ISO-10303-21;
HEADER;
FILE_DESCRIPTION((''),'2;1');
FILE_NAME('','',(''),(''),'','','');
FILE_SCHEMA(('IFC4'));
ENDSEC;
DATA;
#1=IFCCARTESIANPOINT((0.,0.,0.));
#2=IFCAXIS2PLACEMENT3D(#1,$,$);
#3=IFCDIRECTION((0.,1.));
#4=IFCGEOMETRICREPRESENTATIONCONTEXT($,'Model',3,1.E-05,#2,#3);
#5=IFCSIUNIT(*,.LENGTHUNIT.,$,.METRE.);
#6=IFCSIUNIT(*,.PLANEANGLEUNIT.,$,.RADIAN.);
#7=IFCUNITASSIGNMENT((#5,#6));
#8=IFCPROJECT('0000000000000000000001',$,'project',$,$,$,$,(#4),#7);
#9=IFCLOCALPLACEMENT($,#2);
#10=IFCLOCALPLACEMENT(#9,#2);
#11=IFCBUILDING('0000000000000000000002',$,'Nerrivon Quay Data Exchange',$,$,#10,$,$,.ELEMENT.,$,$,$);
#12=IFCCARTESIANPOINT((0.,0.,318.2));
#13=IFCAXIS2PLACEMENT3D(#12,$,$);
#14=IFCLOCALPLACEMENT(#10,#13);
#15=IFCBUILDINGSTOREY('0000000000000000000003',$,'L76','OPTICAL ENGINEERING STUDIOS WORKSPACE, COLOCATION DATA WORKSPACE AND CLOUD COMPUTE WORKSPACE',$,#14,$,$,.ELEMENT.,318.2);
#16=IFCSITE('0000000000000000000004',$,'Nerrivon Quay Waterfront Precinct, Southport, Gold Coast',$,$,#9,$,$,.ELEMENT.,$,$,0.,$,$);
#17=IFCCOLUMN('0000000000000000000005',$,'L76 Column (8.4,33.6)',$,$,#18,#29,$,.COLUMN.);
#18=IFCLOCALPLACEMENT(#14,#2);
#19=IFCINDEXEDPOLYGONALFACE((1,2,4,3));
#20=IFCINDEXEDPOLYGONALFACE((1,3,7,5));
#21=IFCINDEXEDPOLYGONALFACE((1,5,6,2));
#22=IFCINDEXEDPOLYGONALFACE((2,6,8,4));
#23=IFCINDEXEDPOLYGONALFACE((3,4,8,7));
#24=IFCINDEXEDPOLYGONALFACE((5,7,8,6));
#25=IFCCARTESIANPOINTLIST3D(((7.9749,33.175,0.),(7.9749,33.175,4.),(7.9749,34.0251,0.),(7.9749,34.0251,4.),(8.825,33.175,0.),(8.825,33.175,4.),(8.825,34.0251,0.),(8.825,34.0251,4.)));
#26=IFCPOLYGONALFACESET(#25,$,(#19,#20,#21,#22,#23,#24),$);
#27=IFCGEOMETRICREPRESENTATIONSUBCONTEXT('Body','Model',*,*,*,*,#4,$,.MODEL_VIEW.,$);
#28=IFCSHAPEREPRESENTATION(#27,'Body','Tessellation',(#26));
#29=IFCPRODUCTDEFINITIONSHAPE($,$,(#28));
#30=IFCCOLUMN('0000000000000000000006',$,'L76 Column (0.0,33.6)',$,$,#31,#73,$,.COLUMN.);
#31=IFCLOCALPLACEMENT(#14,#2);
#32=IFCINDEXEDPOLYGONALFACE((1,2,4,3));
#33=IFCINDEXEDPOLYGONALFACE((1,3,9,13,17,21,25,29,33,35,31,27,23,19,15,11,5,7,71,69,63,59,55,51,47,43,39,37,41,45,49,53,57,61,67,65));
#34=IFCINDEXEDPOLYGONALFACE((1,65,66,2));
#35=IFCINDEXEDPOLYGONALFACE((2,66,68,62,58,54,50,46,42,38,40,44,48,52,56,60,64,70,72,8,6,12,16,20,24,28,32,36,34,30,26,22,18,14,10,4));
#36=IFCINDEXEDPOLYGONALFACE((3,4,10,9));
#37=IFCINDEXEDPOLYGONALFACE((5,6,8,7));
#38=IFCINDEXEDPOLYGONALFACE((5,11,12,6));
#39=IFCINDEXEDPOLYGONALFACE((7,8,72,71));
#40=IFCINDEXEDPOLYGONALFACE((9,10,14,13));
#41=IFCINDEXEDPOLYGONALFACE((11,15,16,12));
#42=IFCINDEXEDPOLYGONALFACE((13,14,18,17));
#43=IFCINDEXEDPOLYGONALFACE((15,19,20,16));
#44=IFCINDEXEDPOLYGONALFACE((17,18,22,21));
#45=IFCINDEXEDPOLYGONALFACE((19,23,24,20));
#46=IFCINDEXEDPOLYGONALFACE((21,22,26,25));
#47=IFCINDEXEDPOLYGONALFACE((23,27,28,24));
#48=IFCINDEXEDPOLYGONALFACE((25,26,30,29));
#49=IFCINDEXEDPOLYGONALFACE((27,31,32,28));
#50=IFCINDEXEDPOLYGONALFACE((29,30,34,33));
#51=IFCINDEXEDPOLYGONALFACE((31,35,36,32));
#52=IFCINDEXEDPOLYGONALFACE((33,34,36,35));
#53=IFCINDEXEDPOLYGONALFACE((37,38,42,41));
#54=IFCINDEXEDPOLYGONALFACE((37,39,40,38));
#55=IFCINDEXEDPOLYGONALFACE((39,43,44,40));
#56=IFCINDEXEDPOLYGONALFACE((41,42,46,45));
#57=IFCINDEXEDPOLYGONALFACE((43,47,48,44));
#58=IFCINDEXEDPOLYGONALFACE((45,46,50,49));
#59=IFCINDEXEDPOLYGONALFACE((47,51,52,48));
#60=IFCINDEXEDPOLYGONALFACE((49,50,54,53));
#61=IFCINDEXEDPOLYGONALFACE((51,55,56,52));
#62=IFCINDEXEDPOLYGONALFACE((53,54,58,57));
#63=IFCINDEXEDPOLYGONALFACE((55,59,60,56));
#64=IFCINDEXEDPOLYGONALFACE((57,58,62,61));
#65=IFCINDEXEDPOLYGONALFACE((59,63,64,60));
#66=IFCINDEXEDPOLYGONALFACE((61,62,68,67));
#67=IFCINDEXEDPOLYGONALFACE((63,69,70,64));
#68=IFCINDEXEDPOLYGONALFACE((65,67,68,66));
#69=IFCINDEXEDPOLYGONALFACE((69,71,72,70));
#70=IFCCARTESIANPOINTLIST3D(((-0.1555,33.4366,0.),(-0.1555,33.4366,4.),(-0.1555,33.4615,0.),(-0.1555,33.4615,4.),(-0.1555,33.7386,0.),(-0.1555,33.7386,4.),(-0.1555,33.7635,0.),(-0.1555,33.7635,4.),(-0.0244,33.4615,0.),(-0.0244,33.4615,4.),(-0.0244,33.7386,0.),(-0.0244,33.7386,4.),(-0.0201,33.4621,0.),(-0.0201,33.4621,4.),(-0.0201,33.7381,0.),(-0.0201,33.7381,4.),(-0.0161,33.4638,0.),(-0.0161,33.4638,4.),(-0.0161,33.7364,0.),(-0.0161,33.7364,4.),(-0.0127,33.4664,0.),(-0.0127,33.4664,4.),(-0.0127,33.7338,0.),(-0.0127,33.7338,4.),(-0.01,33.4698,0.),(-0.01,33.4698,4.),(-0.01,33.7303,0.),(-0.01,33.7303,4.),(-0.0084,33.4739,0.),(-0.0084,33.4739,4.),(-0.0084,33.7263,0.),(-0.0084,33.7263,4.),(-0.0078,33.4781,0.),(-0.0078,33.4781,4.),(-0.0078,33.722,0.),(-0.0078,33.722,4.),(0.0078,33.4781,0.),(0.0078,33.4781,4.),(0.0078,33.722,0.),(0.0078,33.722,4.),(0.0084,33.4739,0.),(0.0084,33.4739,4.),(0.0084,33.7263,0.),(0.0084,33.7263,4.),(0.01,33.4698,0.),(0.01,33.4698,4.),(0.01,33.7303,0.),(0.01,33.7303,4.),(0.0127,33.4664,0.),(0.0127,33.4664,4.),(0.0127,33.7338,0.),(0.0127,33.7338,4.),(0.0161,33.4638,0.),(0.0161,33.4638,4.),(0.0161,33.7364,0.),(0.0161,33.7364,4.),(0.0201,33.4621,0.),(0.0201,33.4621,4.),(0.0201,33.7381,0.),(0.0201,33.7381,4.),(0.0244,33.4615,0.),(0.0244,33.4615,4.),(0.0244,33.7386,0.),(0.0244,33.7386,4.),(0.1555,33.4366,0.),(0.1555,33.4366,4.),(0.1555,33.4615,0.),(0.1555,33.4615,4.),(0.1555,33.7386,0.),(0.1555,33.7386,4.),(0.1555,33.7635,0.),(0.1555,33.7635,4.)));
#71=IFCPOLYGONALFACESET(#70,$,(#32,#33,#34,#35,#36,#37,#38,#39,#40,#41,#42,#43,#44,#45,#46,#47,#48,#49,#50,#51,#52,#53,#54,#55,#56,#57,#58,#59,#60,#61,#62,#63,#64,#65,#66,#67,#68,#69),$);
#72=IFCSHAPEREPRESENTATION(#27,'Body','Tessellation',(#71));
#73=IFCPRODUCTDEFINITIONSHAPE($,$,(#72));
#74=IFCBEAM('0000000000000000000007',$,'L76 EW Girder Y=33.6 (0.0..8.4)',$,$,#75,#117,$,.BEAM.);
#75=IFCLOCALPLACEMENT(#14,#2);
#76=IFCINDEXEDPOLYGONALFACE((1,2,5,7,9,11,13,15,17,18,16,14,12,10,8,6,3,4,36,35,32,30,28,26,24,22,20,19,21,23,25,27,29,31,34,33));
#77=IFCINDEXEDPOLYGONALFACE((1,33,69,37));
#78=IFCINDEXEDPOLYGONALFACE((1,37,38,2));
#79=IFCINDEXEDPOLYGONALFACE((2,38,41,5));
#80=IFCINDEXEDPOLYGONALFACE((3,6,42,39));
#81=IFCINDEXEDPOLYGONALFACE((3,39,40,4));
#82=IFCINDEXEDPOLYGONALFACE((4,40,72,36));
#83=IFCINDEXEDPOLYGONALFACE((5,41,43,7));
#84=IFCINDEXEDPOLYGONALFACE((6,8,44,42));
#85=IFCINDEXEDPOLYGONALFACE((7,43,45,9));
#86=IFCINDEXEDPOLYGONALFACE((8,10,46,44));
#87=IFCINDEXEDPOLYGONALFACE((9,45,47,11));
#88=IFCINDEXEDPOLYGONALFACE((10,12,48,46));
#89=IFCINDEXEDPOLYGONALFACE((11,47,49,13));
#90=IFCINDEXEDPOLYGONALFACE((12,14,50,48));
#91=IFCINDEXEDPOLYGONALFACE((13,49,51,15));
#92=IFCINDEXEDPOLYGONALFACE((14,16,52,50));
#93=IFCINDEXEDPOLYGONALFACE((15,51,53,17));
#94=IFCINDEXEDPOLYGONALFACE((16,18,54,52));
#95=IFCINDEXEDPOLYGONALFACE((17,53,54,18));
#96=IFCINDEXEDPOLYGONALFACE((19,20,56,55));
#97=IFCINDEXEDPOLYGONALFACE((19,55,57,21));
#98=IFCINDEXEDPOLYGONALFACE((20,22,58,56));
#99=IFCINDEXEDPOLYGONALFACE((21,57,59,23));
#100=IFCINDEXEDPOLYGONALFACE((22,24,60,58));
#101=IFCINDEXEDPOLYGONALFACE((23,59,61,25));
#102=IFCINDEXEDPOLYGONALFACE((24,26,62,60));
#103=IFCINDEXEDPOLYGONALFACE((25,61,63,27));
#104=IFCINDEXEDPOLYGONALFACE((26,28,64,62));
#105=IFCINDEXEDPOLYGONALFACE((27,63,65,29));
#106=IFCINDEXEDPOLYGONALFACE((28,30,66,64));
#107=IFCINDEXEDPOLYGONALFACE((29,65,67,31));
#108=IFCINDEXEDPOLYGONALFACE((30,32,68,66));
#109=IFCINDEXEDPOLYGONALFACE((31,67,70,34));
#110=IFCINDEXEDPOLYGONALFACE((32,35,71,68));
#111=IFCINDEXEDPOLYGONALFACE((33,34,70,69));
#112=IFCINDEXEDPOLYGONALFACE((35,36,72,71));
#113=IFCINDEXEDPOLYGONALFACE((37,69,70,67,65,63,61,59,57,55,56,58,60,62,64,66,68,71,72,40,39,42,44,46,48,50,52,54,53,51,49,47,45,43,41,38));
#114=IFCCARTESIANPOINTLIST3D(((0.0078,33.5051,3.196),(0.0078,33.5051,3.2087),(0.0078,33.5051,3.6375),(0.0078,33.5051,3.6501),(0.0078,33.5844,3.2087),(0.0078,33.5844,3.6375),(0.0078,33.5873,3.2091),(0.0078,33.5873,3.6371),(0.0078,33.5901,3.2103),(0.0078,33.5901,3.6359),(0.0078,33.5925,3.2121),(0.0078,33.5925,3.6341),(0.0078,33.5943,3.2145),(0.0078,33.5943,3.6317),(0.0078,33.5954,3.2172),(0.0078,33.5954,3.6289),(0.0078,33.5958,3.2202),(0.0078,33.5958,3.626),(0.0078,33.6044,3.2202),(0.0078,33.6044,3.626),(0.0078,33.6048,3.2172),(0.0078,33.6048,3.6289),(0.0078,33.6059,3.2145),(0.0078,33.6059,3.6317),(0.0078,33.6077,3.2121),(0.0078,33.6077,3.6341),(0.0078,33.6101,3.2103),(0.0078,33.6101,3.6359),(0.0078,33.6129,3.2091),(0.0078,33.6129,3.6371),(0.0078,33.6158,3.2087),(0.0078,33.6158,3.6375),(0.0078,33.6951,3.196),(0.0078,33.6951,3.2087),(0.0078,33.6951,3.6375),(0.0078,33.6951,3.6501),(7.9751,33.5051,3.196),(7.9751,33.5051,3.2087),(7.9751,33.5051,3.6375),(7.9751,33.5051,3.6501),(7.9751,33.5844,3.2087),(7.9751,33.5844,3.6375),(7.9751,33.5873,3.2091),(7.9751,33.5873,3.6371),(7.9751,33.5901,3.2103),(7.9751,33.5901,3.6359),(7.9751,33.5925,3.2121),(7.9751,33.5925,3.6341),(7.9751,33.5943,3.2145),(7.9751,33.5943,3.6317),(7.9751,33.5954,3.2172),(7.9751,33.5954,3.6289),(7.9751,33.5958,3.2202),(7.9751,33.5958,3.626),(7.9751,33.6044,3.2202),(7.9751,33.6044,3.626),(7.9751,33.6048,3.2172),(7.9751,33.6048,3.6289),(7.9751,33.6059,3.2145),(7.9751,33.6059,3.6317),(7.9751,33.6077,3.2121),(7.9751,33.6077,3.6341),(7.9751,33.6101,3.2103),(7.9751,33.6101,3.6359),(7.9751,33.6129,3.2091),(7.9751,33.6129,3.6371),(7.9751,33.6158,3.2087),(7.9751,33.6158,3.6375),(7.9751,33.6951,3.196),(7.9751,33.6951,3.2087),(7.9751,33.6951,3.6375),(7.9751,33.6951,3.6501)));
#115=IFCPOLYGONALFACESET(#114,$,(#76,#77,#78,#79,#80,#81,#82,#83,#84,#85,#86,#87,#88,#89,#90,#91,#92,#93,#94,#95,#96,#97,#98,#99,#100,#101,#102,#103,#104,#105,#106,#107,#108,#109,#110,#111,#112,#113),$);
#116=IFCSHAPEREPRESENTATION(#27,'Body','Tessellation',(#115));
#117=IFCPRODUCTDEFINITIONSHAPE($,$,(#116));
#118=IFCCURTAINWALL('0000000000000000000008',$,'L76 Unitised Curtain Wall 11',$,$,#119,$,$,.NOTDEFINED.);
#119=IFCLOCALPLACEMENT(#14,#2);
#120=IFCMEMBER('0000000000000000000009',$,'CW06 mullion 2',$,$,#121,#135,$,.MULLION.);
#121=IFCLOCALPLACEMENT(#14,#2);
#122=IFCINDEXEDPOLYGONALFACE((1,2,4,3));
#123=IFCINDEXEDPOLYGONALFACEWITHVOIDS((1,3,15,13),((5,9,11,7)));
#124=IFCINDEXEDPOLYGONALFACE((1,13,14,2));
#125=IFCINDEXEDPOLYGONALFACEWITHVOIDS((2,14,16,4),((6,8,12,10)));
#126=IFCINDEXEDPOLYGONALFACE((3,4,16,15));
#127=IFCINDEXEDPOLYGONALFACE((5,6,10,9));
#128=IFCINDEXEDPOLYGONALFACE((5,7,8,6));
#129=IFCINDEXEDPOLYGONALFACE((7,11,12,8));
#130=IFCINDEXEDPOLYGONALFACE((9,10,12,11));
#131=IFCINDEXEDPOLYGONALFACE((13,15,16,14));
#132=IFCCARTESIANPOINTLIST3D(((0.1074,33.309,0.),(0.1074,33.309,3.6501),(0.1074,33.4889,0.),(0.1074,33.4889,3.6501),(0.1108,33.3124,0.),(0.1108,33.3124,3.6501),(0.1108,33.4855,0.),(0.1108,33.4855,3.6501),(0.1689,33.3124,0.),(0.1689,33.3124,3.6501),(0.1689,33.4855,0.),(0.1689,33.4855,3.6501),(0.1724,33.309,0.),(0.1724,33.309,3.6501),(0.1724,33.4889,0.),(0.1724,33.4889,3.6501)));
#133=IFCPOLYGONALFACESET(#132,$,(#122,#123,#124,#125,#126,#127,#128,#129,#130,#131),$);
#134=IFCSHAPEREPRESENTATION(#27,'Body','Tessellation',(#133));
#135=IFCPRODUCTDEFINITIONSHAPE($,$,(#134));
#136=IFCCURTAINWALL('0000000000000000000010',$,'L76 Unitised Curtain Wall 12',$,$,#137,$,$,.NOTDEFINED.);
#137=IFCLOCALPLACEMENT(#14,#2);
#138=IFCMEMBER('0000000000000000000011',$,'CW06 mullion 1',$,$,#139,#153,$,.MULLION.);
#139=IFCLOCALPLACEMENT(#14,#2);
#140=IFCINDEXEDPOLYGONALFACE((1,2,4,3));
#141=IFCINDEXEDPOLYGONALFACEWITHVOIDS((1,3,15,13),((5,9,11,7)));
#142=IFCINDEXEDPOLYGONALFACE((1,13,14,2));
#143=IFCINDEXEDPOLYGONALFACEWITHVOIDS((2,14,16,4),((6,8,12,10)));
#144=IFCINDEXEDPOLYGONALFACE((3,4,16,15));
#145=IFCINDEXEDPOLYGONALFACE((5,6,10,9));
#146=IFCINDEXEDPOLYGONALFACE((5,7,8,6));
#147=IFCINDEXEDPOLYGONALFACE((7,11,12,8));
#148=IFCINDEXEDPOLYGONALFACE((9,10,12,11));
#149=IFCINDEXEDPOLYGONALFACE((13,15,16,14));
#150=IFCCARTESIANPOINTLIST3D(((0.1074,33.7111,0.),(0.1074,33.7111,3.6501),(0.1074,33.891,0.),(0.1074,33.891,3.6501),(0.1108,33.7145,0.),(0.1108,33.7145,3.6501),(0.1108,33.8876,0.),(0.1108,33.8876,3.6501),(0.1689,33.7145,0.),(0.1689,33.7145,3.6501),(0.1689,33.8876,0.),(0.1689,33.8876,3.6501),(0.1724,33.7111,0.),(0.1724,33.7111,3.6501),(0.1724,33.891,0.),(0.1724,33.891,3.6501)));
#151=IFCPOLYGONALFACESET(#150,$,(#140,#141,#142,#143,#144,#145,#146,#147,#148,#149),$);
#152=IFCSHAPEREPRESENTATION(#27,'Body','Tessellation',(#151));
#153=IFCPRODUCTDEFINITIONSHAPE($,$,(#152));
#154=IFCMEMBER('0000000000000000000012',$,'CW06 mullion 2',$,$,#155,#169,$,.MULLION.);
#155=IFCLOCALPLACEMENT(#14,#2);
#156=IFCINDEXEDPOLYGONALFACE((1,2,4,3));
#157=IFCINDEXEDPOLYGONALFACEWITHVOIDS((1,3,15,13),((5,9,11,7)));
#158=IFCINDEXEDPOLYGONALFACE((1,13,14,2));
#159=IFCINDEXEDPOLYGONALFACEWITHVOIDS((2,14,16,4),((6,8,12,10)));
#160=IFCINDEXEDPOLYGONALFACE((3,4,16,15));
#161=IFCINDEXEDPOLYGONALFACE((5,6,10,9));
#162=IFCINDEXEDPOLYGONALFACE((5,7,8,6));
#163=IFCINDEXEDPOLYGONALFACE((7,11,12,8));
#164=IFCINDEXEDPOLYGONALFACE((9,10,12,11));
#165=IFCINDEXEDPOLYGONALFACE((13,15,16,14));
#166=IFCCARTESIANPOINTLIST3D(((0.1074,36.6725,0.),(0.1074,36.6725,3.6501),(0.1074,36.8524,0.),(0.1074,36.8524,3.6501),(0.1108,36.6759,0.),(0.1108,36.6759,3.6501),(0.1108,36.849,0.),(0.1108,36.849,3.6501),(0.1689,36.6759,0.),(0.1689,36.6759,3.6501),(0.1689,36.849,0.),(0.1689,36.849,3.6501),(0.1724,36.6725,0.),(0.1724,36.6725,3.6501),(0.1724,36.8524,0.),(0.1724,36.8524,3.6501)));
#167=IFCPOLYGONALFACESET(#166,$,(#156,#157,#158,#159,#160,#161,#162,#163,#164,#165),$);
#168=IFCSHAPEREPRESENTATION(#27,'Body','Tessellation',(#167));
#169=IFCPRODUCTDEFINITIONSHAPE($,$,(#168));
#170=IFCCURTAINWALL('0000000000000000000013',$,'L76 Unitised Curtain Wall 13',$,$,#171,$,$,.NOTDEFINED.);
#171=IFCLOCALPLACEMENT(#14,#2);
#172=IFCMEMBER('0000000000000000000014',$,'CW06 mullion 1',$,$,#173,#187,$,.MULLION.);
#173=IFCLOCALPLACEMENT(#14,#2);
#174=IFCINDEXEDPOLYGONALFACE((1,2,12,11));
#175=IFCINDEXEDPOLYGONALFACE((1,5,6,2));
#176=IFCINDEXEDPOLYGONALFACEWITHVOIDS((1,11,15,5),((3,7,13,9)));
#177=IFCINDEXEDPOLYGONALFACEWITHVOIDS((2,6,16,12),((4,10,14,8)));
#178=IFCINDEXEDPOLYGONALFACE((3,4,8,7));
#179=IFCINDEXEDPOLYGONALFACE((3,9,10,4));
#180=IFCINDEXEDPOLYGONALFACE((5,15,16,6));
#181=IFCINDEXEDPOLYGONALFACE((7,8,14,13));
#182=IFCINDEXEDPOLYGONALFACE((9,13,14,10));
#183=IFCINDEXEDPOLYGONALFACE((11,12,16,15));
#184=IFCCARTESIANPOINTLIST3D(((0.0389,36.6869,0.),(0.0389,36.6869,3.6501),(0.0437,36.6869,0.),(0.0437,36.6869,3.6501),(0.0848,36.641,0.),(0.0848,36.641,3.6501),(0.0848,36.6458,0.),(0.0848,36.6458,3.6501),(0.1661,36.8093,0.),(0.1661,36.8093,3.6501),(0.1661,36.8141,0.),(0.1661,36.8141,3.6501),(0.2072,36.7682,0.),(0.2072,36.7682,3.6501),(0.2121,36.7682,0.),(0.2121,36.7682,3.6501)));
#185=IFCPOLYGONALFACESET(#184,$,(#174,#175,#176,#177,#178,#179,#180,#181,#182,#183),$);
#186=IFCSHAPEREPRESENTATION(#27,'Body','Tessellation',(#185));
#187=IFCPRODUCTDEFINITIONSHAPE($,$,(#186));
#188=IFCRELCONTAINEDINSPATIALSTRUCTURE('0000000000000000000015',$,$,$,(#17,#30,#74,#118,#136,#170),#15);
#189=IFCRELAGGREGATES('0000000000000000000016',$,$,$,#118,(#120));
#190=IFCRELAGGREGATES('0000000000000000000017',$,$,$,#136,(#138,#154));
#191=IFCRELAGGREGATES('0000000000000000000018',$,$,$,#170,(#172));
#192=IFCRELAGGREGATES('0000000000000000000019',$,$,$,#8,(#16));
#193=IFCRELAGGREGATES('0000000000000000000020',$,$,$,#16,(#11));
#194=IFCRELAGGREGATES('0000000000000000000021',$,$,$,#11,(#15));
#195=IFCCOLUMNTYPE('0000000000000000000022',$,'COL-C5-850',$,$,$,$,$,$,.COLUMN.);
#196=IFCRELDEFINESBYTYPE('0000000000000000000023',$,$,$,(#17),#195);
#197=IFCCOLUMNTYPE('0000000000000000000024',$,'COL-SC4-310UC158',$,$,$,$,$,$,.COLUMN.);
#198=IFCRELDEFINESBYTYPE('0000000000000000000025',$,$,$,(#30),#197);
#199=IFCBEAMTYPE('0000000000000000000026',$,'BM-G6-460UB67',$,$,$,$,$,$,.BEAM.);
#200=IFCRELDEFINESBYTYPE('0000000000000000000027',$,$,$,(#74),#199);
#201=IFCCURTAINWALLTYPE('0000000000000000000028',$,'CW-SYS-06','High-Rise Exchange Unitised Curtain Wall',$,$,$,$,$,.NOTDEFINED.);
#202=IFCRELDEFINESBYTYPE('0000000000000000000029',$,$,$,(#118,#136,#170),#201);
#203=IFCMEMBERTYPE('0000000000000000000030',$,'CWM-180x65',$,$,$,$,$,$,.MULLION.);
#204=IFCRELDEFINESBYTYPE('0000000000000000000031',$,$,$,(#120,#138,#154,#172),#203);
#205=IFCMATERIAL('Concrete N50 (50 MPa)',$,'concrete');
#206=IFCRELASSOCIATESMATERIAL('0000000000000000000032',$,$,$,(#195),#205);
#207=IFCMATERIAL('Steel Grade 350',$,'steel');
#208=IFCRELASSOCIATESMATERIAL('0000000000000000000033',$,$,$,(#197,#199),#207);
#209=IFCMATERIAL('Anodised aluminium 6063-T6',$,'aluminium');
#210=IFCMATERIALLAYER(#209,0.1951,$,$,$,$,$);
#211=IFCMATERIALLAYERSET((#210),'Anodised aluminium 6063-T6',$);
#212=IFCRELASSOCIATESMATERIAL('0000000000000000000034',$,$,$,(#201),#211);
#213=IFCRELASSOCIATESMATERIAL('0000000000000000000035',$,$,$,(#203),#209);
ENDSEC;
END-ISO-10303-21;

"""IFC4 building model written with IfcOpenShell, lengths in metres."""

from ifc_helpers import new_model, si_unit, direction, frame, origin, origin_2d, place, context, subcontext, project, spatial, rectangle, hollow_rectangle, i_section, extrude, material, layer, layer_set, material_profile, profile_set, type_object, element, aggregate, save


model = new_model("IFC4")

# Units and contexts
model_context = context("Model", 3, precision=1e-05, world=origin(), true_north=direction((0.0, 1.0)))
body_context = subcontext(model_context, "Body", "Model", "MODEL_VIEW")
ifc_project = project(units=[si_unit("LENGTHUNIT", "METRE"), si_unit("PLANEANGLEUNIT", "RADIAN")], contexts=[model_context])

# Site, building, storey
site_placement = place(None, origin())
site = spatial("IfcSite", under=ifc_project, at=site_placement, Name="Nerrivon Quay Waterfront Precinct, Southport, Gold Coast", CompositionType="ELEMENT", RefElevation=0.0)
building_placement = place(site_placement, origin())
building = spatial("IfcBuilding", under=site, at=building_placement, Name="Nerrivon Quay Data Exchange", CompositionType="ELEMENT")
storey_placement = place(building_placement, frame((0.0, 0.0, 318.2)))
storey = spatial("IfcBuildingStorey", under=building, at=storey_placement, Name="L76", Description="OPTICAL ENGINEERING STUDIOS WORKSPACE, COLOCATION DATA WORKSPACE AND CLOUD COMPUTE WORKSPACE", CompositionType="ELEMENT", Elevation=318.2)

# Columns
ifc_material_1 = material(Name="Concrete N50 (50 MPa)", Category="concrete")
ifc_material_profile_1 = material_profile(ifc_material_1, rectangle(XDim=0.8501, YDim=0.8501, at=origin_2d()), Name="RC-COL-850x850")
ifc_profile_set_1 = profile_set([ifc_material_profile_1], Name="Concrete N50 (50 MPa)")
column_type_1 = type_object("IfcColumnType", Name="COL-C5-850", PredefinedType="COLUMN", material=ifc_profile_set_1)
column_1_placement = place(storey_placement, frame((8.3999, 33.6001, 0.0), z_axis=(0.0, 0.0, 1.0), x_axis=(1.0, 0.0, 0.0)))
element("IfcColumn", 1, at=column_1_placement, inside=storey, type_object=column_type_1, Name="L76 Column (8.4,33.6)", PredefinedType="COLUMN", context=body_context, shape_type="SweptSolid", body=[
    extrude(rectangle(XDim=0.8501, YDim=0.8501, at=origin_2d()), origin(), (0.0, 0.0, 1.0), 4.0),
])
ifc_material_2 = material(Name="Steel Grade 350", Category="steel")
ifc_material_profile_2 = material_profile(ifc_material_2, i_section(OverallWidth=0.311, OverallDepth=0.3269, WebThickness=0.0156, FlangeThickness=0.0249, FilletRadius=0.0166, at=origin_2d()), Name="310UC158")
ifc_profile_set_2 = profile_set([ifc_material_profile_2], Name="Steel Grade 350")
column_type_2 = type_object("IfcColumnType", Name="COL-SC4-310UC158", PredefinedType="COLUMN", material=ifc_profile_set_2)
column_2_placement = place(storey_placement, frame((0.0, 33.6001, 0.0), z_axis=(0.0, 0.0, 1.0), x_axis=(1.0, 0.0, 0.0)))
element("IfcColumn", 2, at=column_2_placement, inside=storey, type_object=column_type_2, Name="L76 Column (0.0,33.6)", PredefinedType="COLUMN", context=body_context, shape_type="SweptSolid", body=[
    extrude(i_section(OverallWidth=0.311, OverallDepth=0.3269, WebThickness=0.0156, FlangeThickness=0.0249, FilletRadius=0.0166, at=origin_2d()), origin(), (0.0, 0.0, 1.0), 4.0),
])

# Beam
ifc_material_profile_3 = material_profile(ifc_material_2, i_section(OverallWidth=0.1899, OverallDepth=0.4541, WebThickness=0.0085, FlangeThickness=0.0127, FilletRadius=0.0115, at=origin_2d()), Name="460UB67.1")
ifc_profile_set_3 = profile_set([ifc_material_profile_3], Name="Steel Grade 350")
beam_type = type_object("IfcBeamType", Name="BM-G6-460UB67", PredefinedType="BEAM", material=ifc_profile_set_3)
beam_placement = place(storey_placement, frame((0.0078, 33.6001, 3.4231), z_axis=(1.0, 0.0, 0.0), x_axis=(0.0, 1.0, 0.0)))
element("IfcBeam", 3, at=beam_placement, inside=storey, type_object=beam_type, Name="L76 EW Girder Y=33.6 (0.0..8.4)", PredefinedType="BEAM", context=body_context, shape_type="SweptSolid", body=[
    extrude(i_section(OverallWidth=0.1899, OverallDepth=0.4541, WebThickness=0.0085, FlangeThickness=0.0127, FilletRadius=0.0115, at=origin_2d()), origin(), (0.0, 0.0, 1.0), 7.9673),
])

# Curtain wall, member
ifc_material_3 = material(Name="Anodised aluminium 6063-T6", Category="aluminium")
ifc_layer_1 = layer(ifc_material_3, 0.1951)
ifc_layer_set_1 = layer_set([ifc_layer_1], Name="Anodised aluminium 6063-T6")
curtain_wall_type = type_object("IfcCurtainWallType", Name="CW-SYS-06", Description="High-Rise Exchange Unitised Curtain Wall", PredefinedType="NOTDEFINED", material=ifc_layer_set_1)
curtain_wall_1_placement = place(storey_placement, origin())
curtain_wall_1 = element("IfcCurtainWall", 4, at=curtain_wall_1_placement, inside=storey, type_object=curtain_wall_type, Name="L76 Unitised Curtain Wall 11", PredefinedType="NOTDEFINED")
ifc_material_profile_4 = material_profile(ifc_material_3, hollow_rectangle(XDim=0.0649, YDim=0.1799, WallThickness=0.0034, at=origin_2d()), Name="ALU-MULL-180x65")
ifc_profile_set_4 = profile_set([ifc_material_profile_4], Name="Anodised aluminium 6063-T6")
member_type_1 = type_object("IfcMemberType", Name="CWM-180x65", PredefinedType="MULLION", material=ifc_profile_set_4)
member_1_placement = place(storey_placement, frame((0.1399, 33.3989, 0.0), z_axis=(0.0, 0.0, 1.0), x_axis=(-1.0, 0.0, 0.0)))
member_1 = element("IfcMember", 5, at=member_1_placement, type_object=member_type_1, Name="CW06 mullion 2", PredefinedType="MULLION", context=body_context, shape_type="SweptSolid", body=[
    extrude(hollow_rectangle(XDim=0.0649, YDim=0.1799, WallThickness=0.0034, at=origin_2d()), origin(), (0.0, 0.0, 1.0), 3.6501),
])
aggregate(curtain_wall_1, [member_1])

# Curtain walls, members
curtain_wall_2_placement = place(storey_placement, origin())
curtain_wall_2 = element("IfcCurtainWall", 6, at=curtain_wall_2_placement, inside=storey, type_object=curtain_wall_type, Name="L76 Unitised Curtain Wall 12", PredefinedType="NOTDEFINED")
member_2_placement = place(storey_placement, frame((0.1399, 33.801, 0.0), z_axis=(0.0, 0.0, 1.0), x_axis=(-1.0, 0.0, 0.0)))
member_2 = element("IfcMember", 7, at=member_2_placement, type_object=member_type_1, Name="CW06 mullion 1", PredefinedType="MULLION", context=body_context, shape_type="SweptSolid", body=[
    extrude(hollow_rectangle(XDim=0.0649, YDim=0.1799, WallThickness=0.0034, at=origin_2d()), origin(), (0.0, 0.0, 1.0), 3.6501),
])
member_3_placement = place(storey_placement, frame((0.1399, 36.7625, 0.0), z_axis=(0.0, 0.0, 1.0), x_axis=(-1.0, 0.0, 0.0)))
member_3 = element("IfcMember", 8, at=member_3_placement, type_object=member_type_1, Name="CW06 mullion 2", PredefinedType="MULLION", context=body_context, shape_type="SweptSolid", body=[
    extrude(hollow_rectangle(XDim=0.0649, YDim=0.1799, WallThickness=0.0034, at=origin_2d()), origin(), (0.0, 0.0, 1.0), 3.6501),
])
curtain_wall_3_placement = place(storey_placement, origin())
curtain_wall_3 = element("IfcCurtainWall", 9, at=curtain_wall_3_placement, inside=storey, type_object=curtain_wall_type, Name="L76 Unitised Curtain Wall 13", PredefinedType="NOTDEFINED")
member_4_placement = place(storey_placement, frame((0.1255, 36.7275, 0.0), z_axis=(0.0, 0.0, 1.0), x_axis=(-0.707107, 0.707107, 0.0)))
member_4 = element("IfcMember", 10, at=member_4_placement, type_object=member_type_1, Name="CW06 mullion 1", PredefinedType="MULLION", context=body_context, shape_type="SweptSolid", body=[
    extrude(hollow_rectangle(XDim=0.0649, YDim=0.1799, WallThickness=0.0034, at=origin_2d()), origin(), (0.0, 0.0, 1.0), 3.6501),
])

aggregate(curtain_wall_2, [member_2, member_3])
aggregate(curtain_wall_3, [member_4])

save(model, "model.ifc")
